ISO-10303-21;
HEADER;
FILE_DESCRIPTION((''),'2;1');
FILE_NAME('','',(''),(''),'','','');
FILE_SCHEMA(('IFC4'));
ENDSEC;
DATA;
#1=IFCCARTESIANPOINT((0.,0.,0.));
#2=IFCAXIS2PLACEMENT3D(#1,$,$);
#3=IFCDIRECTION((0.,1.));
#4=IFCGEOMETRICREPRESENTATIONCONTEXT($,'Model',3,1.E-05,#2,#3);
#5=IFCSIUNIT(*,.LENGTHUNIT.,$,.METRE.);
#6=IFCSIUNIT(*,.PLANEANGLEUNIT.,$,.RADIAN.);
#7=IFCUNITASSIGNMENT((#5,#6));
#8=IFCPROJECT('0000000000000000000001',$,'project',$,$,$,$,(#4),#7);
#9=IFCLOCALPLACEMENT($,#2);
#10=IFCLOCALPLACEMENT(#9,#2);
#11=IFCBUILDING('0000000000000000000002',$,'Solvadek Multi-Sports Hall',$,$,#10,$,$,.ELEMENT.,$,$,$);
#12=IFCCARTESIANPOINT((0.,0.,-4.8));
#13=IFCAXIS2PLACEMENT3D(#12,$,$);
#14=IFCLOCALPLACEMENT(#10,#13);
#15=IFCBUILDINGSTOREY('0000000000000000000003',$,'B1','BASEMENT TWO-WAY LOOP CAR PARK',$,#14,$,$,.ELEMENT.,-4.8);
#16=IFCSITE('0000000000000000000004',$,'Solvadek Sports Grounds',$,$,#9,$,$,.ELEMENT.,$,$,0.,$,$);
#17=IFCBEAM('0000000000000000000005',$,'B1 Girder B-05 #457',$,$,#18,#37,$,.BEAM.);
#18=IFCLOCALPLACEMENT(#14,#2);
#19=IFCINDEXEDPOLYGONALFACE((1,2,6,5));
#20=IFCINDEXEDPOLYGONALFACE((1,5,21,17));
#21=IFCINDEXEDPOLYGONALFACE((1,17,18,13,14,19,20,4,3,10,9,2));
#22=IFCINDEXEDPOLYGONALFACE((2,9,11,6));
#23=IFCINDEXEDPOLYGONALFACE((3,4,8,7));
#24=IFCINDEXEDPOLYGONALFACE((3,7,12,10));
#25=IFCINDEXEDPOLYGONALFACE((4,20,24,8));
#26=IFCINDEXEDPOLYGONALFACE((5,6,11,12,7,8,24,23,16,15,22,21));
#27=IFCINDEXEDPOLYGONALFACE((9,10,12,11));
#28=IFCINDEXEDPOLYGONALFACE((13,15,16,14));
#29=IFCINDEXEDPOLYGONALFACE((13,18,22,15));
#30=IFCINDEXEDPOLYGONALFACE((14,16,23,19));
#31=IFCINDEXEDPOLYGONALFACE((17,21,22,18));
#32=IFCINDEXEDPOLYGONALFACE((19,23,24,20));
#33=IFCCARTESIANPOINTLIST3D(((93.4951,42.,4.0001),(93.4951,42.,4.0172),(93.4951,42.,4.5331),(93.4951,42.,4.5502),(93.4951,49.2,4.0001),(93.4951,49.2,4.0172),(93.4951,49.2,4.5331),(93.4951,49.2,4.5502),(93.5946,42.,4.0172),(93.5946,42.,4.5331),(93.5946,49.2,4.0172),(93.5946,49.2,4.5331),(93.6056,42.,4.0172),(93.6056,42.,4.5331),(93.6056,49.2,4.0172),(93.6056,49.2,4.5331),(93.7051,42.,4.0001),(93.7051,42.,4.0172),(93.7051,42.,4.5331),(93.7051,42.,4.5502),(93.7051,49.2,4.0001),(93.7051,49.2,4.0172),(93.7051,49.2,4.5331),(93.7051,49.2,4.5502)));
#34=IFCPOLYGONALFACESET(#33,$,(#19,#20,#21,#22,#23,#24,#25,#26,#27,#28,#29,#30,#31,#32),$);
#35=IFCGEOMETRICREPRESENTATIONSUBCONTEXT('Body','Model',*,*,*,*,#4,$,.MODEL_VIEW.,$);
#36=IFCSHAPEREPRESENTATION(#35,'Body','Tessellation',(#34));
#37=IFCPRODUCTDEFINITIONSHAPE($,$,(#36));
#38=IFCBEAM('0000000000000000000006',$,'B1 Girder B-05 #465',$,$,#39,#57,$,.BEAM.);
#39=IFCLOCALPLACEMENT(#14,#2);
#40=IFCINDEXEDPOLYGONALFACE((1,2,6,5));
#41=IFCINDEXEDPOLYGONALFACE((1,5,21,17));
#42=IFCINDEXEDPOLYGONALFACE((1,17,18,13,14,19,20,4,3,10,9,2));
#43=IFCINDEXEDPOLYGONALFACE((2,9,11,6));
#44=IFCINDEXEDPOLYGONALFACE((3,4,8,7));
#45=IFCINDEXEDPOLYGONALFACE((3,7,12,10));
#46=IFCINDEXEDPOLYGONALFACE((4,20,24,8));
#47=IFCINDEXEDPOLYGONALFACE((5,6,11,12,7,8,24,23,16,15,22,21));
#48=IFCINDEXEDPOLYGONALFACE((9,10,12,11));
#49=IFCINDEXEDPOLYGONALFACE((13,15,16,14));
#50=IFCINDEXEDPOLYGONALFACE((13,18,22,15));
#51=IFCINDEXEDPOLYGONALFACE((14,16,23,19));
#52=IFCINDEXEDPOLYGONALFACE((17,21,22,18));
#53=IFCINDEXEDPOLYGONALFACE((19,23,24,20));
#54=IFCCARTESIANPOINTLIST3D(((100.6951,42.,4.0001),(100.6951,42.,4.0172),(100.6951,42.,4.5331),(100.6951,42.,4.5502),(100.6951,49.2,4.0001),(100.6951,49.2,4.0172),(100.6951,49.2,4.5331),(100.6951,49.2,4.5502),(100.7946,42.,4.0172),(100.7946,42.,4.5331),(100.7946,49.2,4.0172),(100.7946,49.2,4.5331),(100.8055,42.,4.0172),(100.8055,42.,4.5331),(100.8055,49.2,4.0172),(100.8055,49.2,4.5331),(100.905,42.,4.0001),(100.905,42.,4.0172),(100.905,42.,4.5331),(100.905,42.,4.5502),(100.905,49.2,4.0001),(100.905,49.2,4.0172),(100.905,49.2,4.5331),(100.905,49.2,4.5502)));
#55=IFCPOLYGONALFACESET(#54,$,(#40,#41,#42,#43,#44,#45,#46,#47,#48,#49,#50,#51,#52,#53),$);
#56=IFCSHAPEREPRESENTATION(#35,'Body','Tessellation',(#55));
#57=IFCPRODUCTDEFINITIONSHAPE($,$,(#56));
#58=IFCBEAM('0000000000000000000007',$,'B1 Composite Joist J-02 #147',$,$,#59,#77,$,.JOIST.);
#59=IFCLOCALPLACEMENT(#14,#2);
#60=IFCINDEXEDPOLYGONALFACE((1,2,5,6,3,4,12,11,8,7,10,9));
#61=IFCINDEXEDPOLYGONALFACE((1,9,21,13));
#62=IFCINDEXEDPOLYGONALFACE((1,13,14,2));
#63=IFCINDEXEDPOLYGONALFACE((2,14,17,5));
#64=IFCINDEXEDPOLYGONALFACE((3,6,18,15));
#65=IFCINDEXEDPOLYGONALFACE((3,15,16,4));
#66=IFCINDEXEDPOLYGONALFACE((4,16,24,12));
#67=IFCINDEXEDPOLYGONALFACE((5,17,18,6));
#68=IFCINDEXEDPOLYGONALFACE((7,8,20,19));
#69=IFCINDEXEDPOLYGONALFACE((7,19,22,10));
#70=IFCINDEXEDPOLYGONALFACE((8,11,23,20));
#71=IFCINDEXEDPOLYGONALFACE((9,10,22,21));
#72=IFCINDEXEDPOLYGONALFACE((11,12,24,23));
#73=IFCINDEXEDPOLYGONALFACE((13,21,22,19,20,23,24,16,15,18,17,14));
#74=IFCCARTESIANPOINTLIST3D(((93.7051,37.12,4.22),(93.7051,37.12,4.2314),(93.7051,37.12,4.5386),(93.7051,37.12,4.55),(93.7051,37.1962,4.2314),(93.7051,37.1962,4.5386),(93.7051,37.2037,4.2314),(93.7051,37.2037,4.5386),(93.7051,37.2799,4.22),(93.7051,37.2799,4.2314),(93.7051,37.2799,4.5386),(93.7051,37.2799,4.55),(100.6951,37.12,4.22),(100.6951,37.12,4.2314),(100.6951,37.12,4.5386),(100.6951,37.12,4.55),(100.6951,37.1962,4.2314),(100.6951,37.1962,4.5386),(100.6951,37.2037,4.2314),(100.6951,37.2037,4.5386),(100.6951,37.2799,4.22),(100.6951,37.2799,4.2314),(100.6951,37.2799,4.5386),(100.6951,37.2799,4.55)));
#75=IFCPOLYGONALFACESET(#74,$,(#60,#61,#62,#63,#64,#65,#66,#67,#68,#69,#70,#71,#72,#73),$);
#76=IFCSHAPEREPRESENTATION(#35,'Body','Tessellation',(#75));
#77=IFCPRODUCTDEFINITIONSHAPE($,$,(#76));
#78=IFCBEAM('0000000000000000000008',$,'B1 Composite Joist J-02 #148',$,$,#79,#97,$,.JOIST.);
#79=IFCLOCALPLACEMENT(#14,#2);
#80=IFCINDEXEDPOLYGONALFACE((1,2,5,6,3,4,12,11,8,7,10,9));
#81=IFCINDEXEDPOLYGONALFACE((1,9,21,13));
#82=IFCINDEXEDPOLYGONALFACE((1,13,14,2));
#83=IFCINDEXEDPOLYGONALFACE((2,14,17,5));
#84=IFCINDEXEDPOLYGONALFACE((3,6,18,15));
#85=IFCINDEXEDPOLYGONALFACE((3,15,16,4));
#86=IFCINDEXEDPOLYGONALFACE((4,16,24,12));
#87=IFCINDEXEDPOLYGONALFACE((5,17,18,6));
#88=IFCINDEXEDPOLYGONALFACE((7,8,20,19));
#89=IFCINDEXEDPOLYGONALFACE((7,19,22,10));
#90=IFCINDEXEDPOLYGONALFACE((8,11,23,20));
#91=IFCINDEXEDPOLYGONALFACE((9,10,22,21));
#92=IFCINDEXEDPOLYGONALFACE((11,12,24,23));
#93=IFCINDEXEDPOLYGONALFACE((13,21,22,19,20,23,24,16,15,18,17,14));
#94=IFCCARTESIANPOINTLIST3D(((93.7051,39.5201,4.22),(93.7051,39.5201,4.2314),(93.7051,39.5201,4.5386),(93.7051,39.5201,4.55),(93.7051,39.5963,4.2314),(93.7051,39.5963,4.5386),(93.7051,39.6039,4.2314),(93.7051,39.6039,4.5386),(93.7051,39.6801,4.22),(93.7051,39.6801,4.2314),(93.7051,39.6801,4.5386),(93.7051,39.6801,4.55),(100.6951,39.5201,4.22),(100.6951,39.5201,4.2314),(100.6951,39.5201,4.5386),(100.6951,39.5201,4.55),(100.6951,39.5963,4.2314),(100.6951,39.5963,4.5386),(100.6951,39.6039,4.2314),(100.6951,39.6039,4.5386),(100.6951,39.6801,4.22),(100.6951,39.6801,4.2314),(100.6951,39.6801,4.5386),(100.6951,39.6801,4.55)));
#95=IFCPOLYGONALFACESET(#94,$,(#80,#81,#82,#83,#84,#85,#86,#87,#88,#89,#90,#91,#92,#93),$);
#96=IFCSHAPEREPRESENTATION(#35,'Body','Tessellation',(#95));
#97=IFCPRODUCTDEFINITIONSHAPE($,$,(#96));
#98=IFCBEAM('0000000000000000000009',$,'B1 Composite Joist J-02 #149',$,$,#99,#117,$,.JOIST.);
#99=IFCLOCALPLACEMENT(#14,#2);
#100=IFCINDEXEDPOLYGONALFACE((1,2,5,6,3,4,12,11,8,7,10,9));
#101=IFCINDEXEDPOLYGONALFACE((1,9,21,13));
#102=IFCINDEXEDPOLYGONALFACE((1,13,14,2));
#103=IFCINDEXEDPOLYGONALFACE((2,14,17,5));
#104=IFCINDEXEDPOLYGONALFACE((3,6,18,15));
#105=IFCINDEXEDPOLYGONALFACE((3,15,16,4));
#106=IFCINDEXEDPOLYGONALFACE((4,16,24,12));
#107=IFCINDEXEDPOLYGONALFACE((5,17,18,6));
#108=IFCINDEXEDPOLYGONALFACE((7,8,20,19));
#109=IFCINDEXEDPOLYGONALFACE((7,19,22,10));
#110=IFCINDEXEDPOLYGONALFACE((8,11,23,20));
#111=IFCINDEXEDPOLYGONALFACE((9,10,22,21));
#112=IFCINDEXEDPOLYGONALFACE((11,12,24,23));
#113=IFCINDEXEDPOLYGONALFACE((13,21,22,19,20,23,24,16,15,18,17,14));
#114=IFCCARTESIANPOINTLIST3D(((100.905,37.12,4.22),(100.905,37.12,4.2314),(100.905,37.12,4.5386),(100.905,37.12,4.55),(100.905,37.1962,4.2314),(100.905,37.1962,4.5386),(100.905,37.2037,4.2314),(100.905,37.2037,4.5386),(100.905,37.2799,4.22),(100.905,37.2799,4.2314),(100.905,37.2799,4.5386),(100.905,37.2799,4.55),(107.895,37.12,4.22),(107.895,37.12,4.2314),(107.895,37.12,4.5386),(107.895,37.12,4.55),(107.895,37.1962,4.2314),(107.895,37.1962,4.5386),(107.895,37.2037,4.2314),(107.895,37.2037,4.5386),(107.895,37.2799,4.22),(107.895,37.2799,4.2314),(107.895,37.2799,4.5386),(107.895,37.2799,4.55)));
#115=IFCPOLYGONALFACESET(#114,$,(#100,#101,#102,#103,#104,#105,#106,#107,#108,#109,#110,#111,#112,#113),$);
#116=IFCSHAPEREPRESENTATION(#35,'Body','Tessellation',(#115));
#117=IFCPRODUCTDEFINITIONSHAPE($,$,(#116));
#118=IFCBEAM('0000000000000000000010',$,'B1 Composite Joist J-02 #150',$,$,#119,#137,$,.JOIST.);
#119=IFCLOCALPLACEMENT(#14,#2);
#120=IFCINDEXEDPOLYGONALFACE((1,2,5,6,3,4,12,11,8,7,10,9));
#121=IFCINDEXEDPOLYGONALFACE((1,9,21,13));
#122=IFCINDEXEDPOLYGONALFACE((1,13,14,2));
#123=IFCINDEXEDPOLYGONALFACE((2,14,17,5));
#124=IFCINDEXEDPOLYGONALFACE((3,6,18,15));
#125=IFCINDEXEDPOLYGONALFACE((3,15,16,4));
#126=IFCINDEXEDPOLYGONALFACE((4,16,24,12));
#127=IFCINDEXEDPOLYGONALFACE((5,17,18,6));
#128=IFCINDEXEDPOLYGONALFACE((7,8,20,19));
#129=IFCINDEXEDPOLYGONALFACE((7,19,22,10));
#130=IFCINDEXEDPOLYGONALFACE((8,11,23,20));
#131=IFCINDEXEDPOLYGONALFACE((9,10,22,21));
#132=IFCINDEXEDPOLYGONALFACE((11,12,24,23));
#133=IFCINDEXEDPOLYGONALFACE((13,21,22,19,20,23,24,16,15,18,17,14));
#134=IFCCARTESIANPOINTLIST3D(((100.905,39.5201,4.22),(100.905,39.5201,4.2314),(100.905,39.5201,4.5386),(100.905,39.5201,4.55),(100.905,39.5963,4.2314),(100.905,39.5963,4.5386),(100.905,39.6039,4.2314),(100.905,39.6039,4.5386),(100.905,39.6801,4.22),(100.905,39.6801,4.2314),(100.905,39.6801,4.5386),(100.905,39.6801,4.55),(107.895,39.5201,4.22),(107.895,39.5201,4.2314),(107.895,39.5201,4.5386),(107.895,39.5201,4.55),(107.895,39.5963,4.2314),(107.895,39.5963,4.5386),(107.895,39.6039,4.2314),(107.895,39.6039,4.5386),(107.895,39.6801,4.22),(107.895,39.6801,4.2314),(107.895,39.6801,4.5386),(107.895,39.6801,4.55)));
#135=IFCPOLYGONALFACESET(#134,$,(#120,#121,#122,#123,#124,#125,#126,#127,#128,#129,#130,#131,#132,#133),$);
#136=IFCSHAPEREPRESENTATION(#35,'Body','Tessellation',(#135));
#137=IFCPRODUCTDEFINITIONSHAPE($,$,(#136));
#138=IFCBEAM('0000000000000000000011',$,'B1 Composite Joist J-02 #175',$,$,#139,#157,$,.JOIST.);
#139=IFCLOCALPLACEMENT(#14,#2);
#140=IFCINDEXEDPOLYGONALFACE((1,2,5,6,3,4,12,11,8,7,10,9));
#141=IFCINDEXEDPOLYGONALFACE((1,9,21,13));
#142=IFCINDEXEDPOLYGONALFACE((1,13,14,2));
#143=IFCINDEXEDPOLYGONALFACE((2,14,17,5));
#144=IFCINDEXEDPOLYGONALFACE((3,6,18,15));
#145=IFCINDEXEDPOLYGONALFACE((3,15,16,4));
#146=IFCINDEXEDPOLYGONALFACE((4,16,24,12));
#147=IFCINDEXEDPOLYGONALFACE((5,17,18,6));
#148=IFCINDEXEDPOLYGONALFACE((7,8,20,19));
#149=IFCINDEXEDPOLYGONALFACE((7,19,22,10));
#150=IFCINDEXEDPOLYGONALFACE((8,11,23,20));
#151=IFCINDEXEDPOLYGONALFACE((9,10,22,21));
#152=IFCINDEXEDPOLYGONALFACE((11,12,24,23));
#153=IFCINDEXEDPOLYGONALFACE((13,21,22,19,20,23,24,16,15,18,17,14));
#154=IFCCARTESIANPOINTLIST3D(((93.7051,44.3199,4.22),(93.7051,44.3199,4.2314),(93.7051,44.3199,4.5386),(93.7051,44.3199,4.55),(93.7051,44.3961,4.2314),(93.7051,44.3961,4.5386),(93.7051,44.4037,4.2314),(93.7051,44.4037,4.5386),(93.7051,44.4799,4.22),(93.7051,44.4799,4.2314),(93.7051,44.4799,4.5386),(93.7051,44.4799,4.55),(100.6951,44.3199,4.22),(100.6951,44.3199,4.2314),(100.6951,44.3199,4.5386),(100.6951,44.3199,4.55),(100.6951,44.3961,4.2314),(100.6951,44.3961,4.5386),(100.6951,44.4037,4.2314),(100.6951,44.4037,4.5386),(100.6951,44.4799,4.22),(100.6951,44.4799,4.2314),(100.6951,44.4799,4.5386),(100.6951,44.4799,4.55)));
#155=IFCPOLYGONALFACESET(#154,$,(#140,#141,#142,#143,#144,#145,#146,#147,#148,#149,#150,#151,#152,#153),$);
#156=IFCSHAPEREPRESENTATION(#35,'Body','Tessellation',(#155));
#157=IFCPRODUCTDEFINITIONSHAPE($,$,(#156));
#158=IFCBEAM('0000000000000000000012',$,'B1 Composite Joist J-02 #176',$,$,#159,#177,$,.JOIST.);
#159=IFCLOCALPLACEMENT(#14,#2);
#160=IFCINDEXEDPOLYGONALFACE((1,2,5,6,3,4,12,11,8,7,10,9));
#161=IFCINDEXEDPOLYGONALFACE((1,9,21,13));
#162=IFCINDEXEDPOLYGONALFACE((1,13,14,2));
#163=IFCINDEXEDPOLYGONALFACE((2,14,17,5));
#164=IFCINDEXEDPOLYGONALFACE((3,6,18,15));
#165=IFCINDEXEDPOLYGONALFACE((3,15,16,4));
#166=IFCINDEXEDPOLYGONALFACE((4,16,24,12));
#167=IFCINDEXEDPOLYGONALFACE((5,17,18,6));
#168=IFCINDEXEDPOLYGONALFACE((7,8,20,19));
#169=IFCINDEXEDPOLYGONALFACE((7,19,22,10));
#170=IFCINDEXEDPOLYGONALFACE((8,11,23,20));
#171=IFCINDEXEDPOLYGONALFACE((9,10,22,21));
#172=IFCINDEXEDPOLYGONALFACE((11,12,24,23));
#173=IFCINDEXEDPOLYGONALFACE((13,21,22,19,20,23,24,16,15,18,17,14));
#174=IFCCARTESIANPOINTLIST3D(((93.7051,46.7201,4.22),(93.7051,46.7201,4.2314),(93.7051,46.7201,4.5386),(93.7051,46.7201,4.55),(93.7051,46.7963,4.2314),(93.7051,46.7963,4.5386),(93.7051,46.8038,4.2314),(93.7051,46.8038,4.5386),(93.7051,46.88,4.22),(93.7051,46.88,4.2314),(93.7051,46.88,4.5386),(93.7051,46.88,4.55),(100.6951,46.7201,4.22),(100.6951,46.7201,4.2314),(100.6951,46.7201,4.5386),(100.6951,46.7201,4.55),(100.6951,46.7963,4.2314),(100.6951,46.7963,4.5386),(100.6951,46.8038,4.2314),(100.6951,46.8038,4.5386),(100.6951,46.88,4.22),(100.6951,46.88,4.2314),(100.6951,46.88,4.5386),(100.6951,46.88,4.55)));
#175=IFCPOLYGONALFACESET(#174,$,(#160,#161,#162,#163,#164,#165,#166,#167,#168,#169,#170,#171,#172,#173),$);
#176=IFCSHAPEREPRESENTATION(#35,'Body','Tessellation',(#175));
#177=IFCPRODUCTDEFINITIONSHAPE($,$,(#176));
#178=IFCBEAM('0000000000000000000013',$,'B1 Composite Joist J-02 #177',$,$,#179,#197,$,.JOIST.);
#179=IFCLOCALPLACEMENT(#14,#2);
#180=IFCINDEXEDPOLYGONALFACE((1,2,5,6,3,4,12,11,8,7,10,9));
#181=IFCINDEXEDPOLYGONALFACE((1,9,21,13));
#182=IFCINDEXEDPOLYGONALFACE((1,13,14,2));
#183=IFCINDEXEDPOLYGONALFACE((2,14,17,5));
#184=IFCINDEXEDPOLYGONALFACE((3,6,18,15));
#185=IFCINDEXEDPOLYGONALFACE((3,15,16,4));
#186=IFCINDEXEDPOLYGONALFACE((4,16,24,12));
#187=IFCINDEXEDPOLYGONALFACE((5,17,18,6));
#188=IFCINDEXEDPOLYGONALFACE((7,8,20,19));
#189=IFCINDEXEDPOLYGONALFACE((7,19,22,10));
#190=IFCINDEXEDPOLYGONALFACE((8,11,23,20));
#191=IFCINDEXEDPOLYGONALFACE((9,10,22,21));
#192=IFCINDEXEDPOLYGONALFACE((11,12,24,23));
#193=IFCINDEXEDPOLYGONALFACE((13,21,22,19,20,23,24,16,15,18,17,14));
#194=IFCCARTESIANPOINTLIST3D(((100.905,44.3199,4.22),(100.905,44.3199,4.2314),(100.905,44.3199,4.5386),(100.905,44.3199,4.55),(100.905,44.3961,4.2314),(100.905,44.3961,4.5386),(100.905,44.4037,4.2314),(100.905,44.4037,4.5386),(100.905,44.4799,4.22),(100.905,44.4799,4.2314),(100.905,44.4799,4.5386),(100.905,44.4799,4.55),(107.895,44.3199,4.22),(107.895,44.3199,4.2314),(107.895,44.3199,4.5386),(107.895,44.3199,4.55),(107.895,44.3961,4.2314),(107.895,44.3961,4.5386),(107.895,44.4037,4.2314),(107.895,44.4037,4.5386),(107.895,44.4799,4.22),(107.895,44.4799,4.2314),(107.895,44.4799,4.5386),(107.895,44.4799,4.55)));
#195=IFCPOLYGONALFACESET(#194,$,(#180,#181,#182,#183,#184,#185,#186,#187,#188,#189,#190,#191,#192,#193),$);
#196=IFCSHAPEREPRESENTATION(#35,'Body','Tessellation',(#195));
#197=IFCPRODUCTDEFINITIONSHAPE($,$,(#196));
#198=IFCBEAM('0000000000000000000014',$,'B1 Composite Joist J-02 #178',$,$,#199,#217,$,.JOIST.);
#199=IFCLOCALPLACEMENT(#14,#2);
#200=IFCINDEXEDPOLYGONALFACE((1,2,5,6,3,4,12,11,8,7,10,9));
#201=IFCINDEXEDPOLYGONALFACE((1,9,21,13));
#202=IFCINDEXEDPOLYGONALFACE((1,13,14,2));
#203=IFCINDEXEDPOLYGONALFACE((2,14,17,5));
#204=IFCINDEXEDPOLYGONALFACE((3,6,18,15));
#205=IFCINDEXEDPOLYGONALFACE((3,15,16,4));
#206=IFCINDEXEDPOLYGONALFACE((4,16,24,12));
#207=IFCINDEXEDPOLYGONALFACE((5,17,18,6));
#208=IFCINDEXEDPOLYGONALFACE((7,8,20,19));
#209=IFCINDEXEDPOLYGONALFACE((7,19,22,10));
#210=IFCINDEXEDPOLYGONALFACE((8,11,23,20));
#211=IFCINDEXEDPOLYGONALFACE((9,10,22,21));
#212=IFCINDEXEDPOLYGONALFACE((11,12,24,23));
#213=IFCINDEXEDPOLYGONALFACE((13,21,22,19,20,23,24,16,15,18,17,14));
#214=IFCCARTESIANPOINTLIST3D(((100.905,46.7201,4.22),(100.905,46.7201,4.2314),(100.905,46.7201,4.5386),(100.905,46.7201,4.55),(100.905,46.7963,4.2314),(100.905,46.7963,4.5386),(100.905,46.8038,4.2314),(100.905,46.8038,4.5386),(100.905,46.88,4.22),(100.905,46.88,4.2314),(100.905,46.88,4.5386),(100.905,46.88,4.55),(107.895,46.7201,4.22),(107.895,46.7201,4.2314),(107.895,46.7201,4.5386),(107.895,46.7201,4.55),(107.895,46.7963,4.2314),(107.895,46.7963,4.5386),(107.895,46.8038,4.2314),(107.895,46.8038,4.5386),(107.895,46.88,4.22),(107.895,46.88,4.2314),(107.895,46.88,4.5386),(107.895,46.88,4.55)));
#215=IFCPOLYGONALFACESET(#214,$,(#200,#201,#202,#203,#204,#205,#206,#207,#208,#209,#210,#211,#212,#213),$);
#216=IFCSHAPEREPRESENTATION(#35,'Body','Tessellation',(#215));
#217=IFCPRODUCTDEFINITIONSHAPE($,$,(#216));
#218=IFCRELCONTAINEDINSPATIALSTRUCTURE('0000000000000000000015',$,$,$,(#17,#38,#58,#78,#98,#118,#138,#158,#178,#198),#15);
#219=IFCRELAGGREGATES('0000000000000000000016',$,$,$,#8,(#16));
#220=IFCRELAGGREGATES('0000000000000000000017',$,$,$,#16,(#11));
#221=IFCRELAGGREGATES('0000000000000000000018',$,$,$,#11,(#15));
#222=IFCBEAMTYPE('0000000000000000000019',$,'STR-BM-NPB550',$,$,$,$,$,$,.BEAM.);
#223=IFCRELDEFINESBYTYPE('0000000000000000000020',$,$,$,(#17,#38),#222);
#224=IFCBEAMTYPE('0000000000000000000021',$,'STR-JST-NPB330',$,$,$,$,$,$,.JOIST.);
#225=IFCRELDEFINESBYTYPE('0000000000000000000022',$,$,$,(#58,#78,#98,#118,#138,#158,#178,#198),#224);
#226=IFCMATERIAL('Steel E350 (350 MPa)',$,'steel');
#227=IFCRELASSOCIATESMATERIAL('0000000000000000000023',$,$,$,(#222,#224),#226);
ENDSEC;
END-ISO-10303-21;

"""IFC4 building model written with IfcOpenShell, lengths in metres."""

from ifc_helpers import new_model, si_unit, direction, frame, origin, origin_2d, place, context, subcontext, project, spatial, i_section, extrude, material, material_profile, profile_set, type_object, element, save


model = new_model("IFC4")

# Units and contexts
model_context = context("Model", 3, precision=1e-05, world=origin(), true_north=direction((0.0, 1.0)))
body_context = subcontext(model_context, "Body", "Model", "MODEL_VIEW")
ifc_project = project(units=[si_unit("LENGTHUNIT", "METRE"), si_unit("PLANEANGLEUNIT", "RADIAN")], contexts=[model_context])

# Site, building, storey
site_placement = place(None, origin())
site = spatial("IfcSite", under=ifc_project, at=site_placement, Name="Solvadek Sports Grounds", CompositionType="ELEMENT", RefElevation=0.0)
building_placement = place(site_placement, origin())
building = spatial("IfcBuilding", under=site, at=building_placement, Name="Solvadek Multi-Sports Hall", CompositionType="ELEMENT")
storey_placement = place(building_placement, frame((0.0, 0.0, -4.8)))
storey = spatial("IfcBuildingStorey", under=building, at=storey_placement, Name="B1", Description="BASEMENT TWO-WAY LOOP CAR PARK", CompositionType="ELEMENT", Elevation=-4.8)

# Shared definitions
ifc_material_1 = material(Name="Steel E350 (350 MPa)", Category="steel")

# Beams
ifc_material_profile_1 = material_profile(ifc_material_1, i_section(OverallWidth=0.21, OverallDepth=0.55, WebThickness=0.011, FlangeThickness=0.0171, at=origin_2d()), Name="NPB 550")
ifc_profile_set_1 = profile_set([ifc_material_profile_1], Name="Steel E350 (350 MPa)")
beam_type_1 = type_object("IfcBeamType", Name="STR-BM-NPB550", PredefinedType="BEAM", material=ifc_profile_set_1)
for number, where, z_axis, x_axis, name in (
    (1, (93.6001, 42.0, 4.2751), (0.0, 1.0, 0.0), (-1.0, 0.0, 0.0), "B1 Girder B-05 #457"),
    (2, (100.8, 42.0, 4.2751), (0.0, 1.0, 0.0), (-1.0, 0.0, 0.0), "B1 Girder B-05 #465"),
):
    element("IfcBeam", number, at=place(storey_placement, frame(where, z_axis=z_axis, x_axis=x_axis)), inside=storey, type_object=beam_type_1, Name=name, PredefinedType="BEAM", context=body_context, shape_type="SweptSolid", body=[
        extrude(i_section(OverallWidth=0.21, OverallDepth=0.55, WebThickness=0.011, FlangeThickness=0.0171, at=origin_2d()), origin(), (0.0, 0.0, 1.0), 7.2),
    ])
ifc_material_profile_2 = material_profile(ifc_material_1, i_section(OverallWidth=0.1599, OverallDepth=0.3301, WebThickness=0.0076, FlangeThickness=0.0115, at=origin_2d()), Name="NPB 330")
ifc_profile_set_2 = profile_set([ifc_material_profile_2], Name="Steel E350 (350 MPa)")
beam_type_2 = type_object("IfcBeamType", Name="STR-JST-NPB330", PredefinedType="JOIST", material=ifc_profile_set_2)
for number, where, z_axis, x_axis, name in (
    (3, (93.7051, 37.2, 4.385), (1.0, 0.0, 0.0), (0.0, 1.0, 0.0), "B1 Composite Joist J-02 #147"),
    (4, (93.7051, 39.6001, 4.385), (1.0, 0.0, 0.0), (0.0, 1.0, 0.0), "B1 Composite Joist J-02 #148"),
    (5, (100.905, 37.2, 4.385), (1.0, 0.0, 0.0), (0.0, 1.0, 0.0), "B1 Composite Joist J-02 #149"),
    (6, (100.905, 39.6001, 4.385), (1.0, 0.0, 0.0), (0.0, 1.0, 0.0), "B1 Composite Joist J-02 #150"),
    (7, (93.7051, 44.3999, 4.385), (1.0, 0.0, 0.0), (0.0, 1.0, 0.0), "B1 Composite Joist J-02 #175"),
    (8, (93.7051, 46.8, 4.385), (1.0, 0.0, 0.0), (0.0, 1.0, 0.0), "B1 Composite Joist J-02 #176"),
    (9, (100.905, 44.3999, 4.385), (1.0, 0.0, 0.0), (0.0, 1.0, 0.0), "B1 Composite Joist J-02 #177"),
    (10, (100.905, 46.8, 4.385), (1.0, 0.0, 0.0), (0.0, 1.0, 0.0), "B1 Composite Joist J-02 #178"),
):
    element("IfcBeam", number, at=place(storey_placement, frame(where, z_axis=z_axis, x_axis=x_axis)), inside=storey, type_object=beam_type_2, Name=name, PredefinedType="JOIST", context=body_context, shape_type="SweptSolid", body=[
        extrude(i_section(OverallWidth=0.1599, OverallDepth=0.3301, WebThickness=0.0076, FlangeThickness=0.0115, at=origin_2d()), origin(), (0.0, 0.0, 1.0), 6.99),
    ])

save(model, "model.ifc")
